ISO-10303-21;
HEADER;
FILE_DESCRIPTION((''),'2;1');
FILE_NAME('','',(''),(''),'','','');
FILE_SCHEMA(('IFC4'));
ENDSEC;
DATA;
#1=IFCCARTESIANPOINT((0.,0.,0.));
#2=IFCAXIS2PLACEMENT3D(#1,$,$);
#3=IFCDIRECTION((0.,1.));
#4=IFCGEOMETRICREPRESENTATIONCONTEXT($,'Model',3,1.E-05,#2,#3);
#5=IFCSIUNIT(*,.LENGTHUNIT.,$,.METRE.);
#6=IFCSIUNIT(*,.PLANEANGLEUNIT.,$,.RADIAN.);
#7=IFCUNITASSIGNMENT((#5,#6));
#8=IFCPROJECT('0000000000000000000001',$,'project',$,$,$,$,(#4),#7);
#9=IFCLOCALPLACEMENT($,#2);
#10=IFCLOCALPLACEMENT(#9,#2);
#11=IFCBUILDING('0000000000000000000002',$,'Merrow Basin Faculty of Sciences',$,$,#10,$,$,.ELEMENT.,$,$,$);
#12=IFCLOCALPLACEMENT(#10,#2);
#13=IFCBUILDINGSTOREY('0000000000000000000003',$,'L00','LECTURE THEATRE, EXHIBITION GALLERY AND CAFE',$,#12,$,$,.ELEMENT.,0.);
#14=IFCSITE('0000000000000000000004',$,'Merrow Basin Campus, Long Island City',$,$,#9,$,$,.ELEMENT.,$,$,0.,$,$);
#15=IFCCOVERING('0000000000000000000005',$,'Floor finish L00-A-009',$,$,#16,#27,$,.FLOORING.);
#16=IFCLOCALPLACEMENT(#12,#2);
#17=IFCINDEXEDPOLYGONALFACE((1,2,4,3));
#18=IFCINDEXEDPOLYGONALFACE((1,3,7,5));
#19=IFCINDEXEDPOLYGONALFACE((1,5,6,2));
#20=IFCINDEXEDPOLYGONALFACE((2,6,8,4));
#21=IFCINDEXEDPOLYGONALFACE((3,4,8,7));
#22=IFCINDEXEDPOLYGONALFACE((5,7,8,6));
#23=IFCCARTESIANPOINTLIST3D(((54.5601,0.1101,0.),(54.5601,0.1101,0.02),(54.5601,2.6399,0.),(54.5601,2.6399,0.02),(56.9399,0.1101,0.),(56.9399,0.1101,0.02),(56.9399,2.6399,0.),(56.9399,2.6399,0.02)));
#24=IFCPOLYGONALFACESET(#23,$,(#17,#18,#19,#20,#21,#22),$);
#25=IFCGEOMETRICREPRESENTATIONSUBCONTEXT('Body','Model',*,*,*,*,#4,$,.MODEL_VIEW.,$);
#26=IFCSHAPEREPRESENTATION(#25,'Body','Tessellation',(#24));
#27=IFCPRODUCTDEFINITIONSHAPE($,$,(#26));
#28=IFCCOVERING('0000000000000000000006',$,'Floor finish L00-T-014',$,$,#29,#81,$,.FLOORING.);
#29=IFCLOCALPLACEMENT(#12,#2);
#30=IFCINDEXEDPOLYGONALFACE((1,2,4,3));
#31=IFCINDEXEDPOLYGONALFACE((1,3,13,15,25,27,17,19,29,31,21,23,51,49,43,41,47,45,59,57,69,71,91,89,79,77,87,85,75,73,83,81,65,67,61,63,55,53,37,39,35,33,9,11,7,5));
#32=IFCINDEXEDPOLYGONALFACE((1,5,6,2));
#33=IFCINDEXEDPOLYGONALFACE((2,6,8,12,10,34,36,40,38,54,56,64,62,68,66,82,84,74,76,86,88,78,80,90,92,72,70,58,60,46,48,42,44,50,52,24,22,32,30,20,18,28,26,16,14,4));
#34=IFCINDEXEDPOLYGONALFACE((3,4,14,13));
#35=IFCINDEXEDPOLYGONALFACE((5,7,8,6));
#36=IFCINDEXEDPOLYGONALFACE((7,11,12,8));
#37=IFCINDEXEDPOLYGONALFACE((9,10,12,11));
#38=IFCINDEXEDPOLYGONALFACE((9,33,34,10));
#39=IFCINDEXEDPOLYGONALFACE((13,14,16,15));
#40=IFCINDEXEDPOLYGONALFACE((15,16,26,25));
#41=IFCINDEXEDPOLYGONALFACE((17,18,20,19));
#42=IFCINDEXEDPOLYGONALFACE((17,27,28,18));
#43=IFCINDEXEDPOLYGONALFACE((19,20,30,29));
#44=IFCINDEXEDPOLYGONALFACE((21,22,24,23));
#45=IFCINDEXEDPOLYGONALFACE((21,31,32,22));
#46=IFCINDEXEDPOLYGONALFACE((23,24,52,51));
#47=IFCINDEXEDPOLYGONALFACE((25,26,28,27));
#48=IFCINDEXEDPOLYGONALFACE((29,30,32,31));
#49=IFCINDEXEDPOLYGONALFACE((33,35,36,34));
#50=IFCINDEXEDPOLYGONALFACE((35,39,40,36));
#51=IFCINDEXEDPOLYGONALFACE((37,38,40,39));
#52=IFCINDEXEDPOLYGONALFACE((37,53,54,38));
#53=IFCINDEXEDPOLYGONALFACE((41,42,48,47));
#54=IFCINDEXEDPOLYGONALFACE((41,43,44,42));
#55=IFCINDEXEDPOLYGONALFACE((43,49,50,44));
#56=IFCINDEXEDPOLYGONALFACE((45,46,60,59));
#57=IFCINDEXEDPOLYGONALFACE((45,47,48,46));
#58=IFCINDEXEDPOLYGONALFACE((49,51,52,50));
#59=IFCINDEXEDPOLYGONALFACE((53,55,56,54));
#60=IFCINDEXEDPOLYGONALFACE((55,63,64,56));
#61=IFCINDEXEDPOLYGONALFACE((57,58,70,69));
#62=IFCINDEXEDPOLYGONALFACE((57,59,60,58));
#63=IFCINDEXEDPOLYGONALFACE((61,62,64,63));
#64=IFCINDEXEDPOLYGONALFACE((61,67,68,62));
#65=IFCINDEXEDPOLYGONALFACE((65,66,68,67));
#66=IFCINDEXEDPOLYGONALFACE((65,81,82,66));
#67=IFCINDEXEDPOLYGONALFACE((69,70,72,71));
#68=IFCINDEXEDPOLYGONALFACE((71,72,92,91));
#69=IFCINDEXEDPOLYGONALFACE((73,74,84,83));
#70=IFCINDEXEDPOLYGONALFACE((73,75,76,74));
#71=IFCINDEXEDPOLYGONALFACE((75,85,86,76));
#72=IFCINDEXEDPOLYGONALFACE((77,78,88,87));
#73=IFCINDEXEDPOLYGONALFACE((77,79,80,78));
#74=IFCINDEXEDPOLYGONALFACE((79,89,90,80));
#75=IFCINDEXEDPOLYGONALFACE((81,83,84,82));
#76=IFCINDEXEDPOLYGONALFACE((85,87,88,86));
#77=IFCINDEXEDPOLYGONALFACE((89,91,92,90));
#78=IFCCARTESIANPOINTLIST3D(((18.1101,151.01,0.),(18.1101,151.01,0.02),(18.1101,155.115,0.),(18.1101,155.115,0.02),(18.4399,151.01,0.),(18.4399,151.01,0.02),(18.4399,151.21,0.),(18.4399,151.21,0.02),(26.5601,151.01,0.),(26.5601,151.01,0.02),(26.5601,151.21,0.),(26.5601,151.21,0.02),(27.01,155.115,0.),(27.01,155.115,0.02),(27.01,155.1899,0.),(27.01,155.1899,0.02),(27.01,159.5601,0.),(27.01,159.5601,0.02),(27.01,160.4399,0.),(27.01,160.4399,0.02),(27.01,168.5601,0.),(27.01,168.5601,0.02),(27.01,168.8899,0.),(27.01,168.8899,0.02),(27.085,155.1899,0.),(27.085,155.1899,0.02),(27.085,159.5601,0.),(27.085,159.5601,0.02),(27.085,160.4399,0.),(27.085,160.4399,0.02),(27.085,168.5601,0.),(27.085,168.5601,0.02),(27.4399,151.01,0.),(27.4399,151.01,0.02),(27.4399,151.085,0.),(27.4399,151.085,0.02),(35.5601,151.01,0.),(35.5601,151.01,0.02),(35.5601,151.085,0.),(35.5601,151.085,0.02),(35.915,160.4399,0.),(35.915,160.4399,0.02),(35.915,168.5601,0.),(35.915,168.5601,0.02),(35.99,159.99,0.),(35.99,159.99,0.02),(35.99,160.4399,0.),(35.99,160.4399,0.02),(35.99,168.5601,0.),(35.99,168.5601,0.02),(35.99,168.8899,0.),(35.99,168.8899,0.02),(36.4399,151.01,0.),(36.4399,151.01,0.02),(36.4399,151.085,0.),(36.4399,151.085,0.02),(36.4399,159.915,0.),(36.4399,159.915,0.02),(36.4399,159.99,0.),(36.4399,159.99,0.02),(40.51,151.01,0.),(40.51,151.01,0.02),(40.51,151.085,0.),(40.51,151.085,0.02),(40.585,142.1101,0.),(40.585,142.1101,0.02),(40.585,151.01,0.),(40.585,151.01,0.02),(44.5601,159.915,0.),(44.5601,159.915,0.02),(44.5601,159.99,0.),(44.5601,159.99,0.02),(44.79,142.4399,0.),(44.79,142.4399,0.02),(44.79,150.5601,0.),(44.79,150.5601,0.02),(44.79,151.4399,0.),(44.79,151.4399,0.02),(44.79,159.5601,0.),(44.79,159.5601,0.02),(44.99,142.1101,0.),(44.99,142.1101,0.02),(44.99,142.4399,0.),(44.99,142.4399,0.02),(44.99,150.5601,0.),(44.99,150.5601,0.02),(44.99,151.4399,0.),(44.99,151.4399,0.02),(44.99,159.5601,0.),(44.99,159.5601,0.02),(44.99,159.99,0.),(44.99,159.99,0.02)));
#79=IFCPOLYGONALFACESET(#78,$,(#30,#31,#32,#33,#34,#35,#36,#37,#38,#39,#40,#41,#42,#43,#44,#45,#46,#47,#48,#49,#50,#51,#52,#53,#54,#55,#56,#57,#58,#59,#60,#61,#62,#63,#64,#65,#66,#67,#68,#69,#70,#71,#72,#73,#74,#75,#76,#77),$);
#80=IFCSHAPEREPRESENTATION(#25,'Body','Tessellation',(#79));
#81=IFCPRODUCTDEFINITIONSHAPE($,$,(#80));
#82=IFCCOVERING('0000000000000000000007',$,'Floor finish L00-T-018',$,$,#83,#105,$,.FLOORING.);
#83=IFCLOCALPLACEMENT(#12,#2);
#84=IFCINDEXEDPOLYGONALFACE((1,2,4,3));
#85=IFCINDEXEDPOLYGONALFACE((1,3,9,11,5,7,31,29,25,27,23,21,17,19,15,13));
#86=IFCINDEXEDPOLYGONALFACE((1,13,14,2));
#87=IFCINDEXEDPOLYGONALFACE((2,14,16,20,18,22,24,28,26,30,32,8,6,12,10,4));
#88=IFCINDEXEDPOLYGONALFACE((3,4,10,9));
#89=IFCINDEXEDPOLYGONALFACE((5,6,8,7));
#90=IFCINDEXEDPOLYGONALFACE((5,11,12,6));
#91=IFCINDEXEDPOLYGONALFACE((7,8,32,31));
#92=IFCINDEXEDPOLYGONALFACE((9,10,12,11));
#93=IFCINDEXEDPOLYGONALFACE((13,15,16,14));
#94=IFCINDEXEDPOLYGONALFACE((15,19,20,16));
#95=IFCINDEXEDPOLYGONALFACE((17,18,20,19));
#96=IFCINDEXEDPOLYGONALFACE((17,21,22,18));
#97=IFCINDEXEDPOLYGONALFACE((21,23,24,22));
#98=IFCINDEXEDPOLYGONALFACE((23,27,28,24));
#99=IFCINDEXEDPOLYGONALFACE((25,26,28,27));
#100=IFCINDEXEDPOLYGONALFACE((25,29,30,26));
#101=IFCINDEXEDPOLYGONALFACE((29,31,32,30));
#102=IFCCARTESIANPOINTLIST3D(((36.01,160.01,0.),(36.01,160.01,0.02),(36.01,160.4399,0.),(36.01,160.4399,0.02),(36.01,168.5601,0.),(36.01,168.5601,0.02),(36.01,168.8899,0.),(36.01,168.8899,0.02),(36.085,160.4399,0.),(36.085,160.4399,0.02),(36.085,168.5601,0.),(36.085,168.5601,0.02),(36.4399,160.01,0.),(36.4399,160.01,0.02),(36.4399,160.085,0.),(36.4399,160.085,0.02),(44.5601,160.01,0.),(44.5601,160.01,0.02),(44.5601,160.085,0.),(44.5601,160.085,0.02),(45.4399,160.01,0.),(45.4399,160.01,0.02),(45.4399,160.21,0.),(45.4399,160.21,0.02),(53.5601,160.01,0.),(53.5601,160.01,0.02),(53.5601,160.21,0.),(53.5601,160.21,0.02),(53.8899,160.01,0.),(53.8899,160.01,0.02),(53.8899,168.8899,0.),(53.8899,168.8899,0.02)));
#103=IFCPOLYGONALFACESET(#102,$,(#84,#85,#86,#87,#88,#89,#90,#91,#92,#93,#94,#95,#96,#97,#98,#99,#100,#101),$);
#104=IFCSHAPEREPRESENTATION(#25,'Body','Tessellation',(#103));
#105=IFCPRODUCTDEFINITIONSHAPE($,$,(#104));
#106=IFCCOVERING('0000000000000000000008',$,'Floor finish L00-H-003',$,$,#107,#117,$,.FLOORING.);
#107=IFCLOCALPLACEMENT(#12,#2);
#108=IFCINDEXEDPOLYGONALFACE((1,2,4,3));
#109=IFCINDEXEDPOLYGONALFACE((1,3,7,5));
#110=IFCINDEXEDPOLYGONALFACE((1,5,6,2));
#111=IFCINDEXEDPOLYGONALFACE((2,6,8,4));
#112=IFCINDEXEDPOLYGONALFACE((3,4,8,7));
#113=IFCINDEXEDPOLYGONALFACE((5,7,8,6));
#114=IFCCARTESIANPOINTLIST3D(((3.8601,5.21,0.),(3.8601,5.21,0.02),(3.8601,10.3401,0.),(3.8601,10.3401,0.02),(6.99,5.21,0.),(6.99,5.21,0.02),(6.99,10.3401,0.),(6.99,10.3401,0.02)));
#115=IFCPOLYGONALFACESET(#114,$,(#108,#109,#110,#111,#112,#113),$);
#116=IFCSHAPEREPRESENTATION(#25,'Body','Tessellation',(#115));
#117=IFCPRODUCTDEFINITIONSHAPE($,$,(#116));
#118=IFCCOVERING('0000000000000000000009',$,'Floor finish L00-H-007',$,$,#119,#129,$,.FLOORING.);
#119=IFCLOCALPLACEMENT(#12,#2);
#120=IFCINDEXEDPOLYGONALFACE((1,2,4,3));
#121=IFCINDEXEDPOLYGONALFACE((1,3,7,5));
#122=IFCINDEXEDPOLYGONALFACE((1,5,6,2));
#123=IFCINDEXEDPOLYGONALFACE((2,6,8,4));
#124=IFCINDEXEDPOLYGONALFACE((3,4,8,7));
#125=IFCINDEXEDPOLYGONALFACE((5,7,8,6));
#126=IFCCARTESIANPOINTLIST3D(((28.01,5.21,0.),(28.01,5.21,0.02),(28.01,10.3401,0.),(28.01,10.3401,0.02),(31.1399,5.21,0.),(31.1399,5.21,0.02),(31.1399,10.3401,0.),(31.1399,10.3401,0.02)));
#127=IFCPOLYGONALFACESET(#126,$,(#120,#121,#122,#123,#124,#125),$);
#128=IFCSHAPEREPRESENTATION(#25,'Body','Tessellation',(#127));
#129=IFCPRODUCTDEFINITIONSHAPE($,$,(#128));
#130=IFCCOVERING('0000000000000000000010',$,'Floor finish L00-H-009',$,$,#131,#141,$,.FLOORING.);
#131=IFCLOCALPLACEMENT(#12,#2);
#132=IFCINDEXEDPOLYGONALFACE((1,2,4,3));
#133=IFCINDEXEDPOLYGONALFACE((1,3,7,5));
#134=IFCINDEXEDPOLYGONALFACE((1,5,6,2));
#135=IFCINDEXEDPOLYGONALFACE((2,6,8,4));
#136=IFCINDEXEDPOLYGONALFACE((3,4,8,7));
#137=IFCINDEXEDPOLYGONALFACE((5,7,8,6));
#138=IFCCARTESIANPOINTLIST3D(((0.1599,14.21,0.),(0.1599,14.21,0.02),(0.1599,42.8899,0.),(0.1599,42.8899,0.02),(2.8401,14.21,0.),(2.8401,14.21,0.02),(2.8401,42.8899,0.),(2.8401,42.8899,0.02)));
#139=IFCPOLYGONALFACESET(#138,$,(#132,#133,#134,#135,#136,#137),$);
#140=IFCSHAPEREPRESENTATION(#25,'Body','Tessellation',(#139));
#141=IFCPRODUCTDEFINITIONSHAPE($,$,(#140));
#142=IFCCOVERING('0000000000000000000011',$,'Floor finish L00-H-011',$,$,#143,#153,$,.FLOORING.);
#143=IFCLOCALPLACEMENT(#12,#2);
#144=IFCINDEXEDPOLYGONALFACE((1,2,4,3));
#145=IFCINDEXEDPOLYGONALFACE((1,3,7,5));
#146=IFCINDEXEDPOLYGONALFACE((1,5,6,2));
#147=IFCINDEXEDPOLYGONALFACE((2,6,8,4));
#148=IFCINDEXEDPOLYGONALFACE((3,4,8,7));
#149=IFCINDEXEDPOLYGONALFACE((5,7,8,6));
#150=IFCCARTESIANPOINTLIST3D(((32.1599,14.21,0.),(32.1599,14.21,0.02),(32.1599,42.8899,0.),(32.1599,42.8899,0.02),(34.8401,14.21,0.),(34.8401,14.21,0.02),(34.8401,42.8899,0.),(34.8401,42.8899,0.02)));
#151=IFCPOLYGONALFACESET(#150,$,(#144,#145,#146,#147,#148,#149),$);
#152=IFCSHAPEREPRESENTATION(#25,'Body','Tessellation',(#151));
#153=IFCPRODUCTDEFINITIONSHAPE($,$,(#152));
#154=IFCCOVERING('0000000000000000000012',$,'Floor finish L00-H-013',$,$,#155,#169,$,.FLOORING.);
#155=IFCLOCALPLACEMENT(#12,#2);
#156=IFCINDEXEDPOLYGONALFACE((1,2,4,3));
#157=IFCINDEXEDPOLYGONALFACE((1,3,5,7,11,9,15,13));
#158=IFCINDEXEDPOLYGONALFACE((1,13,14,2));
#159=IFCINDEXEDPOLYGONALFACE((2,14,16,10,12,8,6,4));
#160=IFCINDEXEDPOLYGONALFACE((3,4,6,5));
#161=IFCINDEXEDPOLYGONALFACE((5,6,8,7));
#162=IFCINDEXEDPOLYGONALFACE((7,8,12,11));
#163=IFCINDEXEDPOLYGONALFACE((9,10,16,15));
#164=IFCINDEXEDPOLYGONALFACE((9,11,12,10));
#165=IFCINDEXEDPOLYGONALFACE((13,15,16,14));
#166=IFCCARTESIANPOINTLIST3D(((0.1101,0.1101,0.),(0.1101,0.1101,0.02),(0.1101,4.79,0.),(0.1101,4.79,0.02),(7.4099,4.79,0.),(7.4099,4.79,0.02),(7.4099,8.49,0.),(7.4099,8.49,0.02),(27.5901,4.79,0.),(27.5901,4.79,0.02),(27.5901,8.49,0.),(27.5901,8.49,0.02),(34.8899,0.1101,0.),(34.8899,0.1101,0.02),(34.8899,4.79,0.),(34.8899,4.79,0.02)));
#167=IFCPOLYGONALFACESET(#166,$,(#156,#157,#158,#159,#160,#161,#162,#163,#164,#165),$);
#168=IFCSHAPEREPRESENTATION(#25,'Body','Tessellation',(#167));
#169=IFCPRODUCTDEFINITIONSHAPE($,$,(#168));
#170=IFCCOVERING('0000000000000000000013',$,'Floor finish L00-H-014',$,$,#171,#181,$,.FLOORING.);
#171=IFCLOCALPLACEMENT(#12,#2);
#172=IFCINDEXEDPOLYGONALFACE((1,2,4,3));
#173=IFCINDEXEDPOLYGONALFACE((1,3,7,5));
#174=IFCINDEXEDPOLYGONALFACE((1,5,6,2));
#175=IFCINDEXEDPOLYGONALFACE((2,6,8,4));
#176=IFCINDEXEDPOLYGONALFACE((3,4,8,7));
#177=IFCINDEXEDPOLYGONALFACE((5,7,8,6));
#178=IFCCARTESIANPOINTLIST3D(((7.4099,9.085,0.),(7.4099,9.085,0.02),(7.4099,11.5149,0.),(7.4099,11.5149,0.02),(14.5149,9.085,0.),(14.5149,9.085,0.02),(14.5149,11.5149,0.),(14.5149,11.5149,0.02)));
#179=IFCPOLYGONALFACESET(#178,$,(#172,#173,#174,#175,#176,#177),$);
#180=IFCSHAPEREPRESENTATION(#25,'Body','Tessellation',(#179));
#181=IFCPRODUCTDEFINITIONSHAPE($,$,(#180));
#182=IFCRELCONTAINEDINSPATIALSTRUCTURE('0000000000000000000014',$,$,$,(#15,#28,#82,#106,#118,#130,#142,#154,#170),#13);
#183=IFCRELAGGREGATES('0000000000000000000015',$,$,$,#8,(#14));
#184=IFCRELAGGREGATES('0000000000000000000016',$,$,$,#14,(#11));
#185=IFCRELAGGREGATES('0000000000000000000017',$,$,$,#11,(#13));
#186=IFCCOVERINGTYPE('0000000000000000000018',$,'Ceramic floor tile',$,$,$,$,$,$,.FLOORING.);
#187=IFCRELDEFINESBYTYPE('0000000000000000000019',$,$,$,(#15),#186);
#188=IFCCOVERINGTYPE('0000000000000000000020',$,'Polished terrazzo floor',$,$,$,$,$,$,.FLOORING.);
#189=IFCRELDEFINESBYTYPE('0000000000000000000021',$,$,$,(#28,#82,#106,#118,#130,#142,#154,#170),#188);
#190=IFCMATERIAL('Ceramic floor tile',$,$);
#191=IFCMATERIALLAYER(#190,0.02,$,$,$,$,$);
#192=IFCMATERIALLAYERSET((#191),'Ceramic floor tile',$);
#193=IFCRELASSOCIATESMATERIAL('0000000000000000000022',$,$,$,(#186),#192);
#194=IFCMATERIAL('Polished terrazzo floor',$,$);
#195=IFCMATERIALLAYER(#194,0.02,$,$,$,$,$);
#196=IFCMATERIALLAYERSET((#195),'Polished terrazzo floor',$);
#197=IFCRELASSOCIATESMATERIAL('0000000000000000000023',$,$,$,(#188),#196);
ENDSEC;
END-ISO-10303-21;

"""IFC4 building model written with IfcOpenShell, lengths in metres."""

from ifc_helpers import new_model, si_unit, direction, origin, place, context, subcontext, project, spatial, polyline, outline, extrude, material, layer, layer_set, type_object, element, save


model = new_model("IFC4")

# Units and contexts
model_context = context("Model", 3, precision=1e-05, world=origin(), true_north=direction((0.0, 1.0)))
body_context = subcontext(model_context, "Body", "Model", "MODEL_VIEW")
ifc_project = project(units=[si_unit("LENGTHUNIT", "METRE"), si_unit("PLANEANGLEUNIT", "RADIAN")], contexts=[model_context])

# Site, building, storey
site_placement = place(None, origin())
site = spatial("IfcSite", under=ifc_project, at=site_placement, Name="Merrow Basin Campus, Long Island City", CompositionType="ELEMENT", RefElevation=0.0)
building_placement = place(site_placement, origin())
building = spatial("IfcBuilding", under=site, at=building_placement, Name="Merrow Basin Faculty of Sciences", CompositionType="ELEMENT")
storey_placement = place(building_placement, origin())
storey = spatial("IfcBuildingStorey", under=building, at=storey_placement, Name="L00", Description="LECTURE THEATRE, EXHIBITION GALLERY AND CAFE", CompositionType="ELEMENT", Elevation=0.0)

# Coverings
ifc_material_1 = material(Name="Ceramic floor tile")
ifc_layer_1 = layer(ifc_material_1, 0.02)
ifc_layer_set_1 = layer_set([ifc_layer_1], Name="Ceramic floor tile")
covering_type_1 = type_object("IfcCoveringType", Name="Ceramic floor tile", PredefinedType="FLOORING", material=ifc_layer_set_1)
covering_1_placement = place(storey_placement, origin())
element("IfcCovering", 1, at=covering_1_placement, inside=storey, type_object=covering_type_1, Name="Floor finish L00-A-009", PredefinedType="FLOORING", context=body_context, shape_type="SweptSolid", body=[
    extrude(outline(polyline([(54.5601, 0.1101), (54.5601, 2.6399), (56.9399, 2.6399), (56.9399, 0.1101), (54.5601, 0.1101)])), origin(), (0.0, 0.0, 1.0), 0.02),
])
ifc_material_2 = material(Name="Polished terrazzo floor")
ifc_layer_2 = layer(ifc_material_2, 0.02)
ifc_layer_set_2 = layer_set([ifc_layer_2], Name="Polished terrazzo floor")
covering_type_2 = type_object("IfcCoveringType", Name="Polished terrazzo floor", PredefinedType="FLOORING", material=ifc_layer_set_2)
covering_2_placement = place(storey_placement, origin())
element("IfcCovering", 2, at=covering_2_placement, inside=storey, type_object=covering_type_2, Name="Floor finish L00-T-014", PredefinedType="FLOORING", context=body_context, shape_type="SweptSolid", body=[
    extrude(outline(polyline([(26.5601, 151.01), (26.5601, 151.21), (18.4399, 151.21), (18.4399, 151.01), (18.1101, 151.01), (18.1101, 155.115), (27.01, 155.115), (27.01, 155.1899), (27.085, 155.1899), (27.085, 159.5601), (27.01, 159.5601), (27.01, 160.4399), (27.085, 160.4399), (27.085, 168.5601), (27.01, 168.5601), (27.01, 168.8899), (35.99, 168.8899), (35.99, 168.5601), (35.915, 168.5601), (35.915, 160.4399), (35.99, 160.4399), (35.99, 159.99), (36.4399, 159.99), (36.4399, 159.915), (44.5601, 159.915), (44.5601, 159.99), (44.99, 159.99), (44.99, 159.5601), (44.79, 159.5601), (44.79, 151.4399), (44.99, 151.4399), (44.99, 150.5601), (44.79, 150.5601), (44.79, 142.4399), (44.99, 142.4399), (44.99, 142.1101), (40.585, 142.1101), (40.585, 151.01), (40.51, 151.01), (40.51, 151.085), (36.4399, 151.085), (36.4399, 151.01), (35.5601, 151.01), (35.5601, 151.085), (27.4399, 151.085), (27.4399, 151.01), (26.5601, 151.01)])), origin(), (0.0, 0.0, 1.0), 0.02),
])
covering_3_placement = place(storey_placement, origin())
element("IfcCovering", 3, at=covering_3_placement, inside=storey, type_object=covering_type_2, Name="Floor finish L00-T-018", PredefinedType="FLOORING", context=body_context, shape_type="SweptSolid", body=[
    extrude(outline(polyline([(36.01, 160.4399), (36.085, 160.4399), (36.085, 168.5601), (36.01, 168.5601), (36.01, 168.8899), (53.8899, 168.8899), (53.8899, 160.01), (53.5601, 160.01), (53.5601, 160.21), (45.4399, 160.21), (45.4399, 160.01), (44.5601, 160.01), (44.5601, 160.085), (36.4399, 160.085), (36.4399, 160.01), (36.01, 160.01), (36.01, 160.4399)])), origin(), (0.0, 0.0, 1.0), 0.02),
])
covering_4_placement = place(storey_placement, origin())
element("IfcCovering", 4, at=covering_4_placement, inside=storey, type_object=covering_type_2, Name="Floor finish L00-H-003", PredefinedType="FLOORING", context=body_context, shape_type="SweptSolid", body=[
    extrude(outline(polyline([(3.8601, 5.21), (3.8601, 10.3401), (6.99, 10.3401), (6.99, 5.21), (3.8601, 5.21)])), origin(), (0.0, 0.0, 1.0), 0.02),
])
covering_5_placement = place(storey_placement, origin())
element("IfcCovering", 5, at=covering_5_placement, inside=storey, type_object=covering_type_2, Name="Floor finish L00-H-007", PredefinedType="FLOORING", context=body_context, shape_type="SweptSolid", body=[
    extrude(outline(polyline([(31.1399, 5.21), (28.01, 5.21), (28.01, 10.3401), (31.1399, 10.3401), (31.1399, 5.21)])), origin(), (0.0, 0.0, 1.0), 0.02),
])
covering_6_placement = place(storey_placement, origin())
element("IfcCovering", 6, at=covering_6_placement, inside=storey, type_object=covering_type_2, Name="Floor finish L00-H-009", PredefinedType="FLOORING", context=body_context, shape_type="SweptSolid", body=[
    extrude(outline(polyline([(2.8401, 42.8899), (2.8401, 14.21), (0.1599, 14.21), (0.1599, 42.8899), (2.8401, 42.8899)])), origin(), (0.0, 0.0, 1.0), 0.02),
])
covering_7_placement = place(storey_placement, origin())
element("IfcCovering", 7, at=covering_7_placement, inside=storey, type_object=covering_type_2, Name="Floor finish L00-H-011", PredefinedType="FLOORING", context=body_context, shape_type="SweptSolid", body=[
    extrude(outline(polyline([(34.8401, 42.8899), (34.8401, 14.21), (32.1599, 14.21), (32.1599, 42.8899), (34.8401, 42.8899)])), origin(), (0.0, 0.0, 1.0), 0.02),
])
covering_8_placement = place(storey_placement, origin())
element("IfcCovering", 8, at=covering_8_placement, inside=storey, type_object=covering_type_2, Name="Floor finish L00-H-013", PredefinedType="FLOORING", context=body_context, shape_type="SweptSolid", body=[
    extrude(outline(polyline([(27.5901, 8.49), (27.5901, 4.79), (34.8899, 4.79), (34.8899, 0.1101), (0.1101, 0.1101), (0.1101, 4.79), (7.4099, 4.79), (7.4099, 8.49), (27.5901, 8.49)])), origin(), (0.0, 0.0, 1.0), 0.02),
])
covering_9_placement = place(storey_placement, origin())
element("IfcCovering", 9, at=covering_9_placement, inside=storey, type_object=covering_type_2, Name="Floor finish L00-H-014", PredefinedType="FLOORING", context=body_context, shape_type="SweptSolid", body=[
    extrude(outline(polyline([(7.4099, 9.085), (7.4099, 11.5149), (14.5149, 11.5149), (14.5149, 9.085), (7.4099, 9.085)])), origin(), (0.0, 0.0, 1.0), 0.02),
])

save(model, "model.ifc")
